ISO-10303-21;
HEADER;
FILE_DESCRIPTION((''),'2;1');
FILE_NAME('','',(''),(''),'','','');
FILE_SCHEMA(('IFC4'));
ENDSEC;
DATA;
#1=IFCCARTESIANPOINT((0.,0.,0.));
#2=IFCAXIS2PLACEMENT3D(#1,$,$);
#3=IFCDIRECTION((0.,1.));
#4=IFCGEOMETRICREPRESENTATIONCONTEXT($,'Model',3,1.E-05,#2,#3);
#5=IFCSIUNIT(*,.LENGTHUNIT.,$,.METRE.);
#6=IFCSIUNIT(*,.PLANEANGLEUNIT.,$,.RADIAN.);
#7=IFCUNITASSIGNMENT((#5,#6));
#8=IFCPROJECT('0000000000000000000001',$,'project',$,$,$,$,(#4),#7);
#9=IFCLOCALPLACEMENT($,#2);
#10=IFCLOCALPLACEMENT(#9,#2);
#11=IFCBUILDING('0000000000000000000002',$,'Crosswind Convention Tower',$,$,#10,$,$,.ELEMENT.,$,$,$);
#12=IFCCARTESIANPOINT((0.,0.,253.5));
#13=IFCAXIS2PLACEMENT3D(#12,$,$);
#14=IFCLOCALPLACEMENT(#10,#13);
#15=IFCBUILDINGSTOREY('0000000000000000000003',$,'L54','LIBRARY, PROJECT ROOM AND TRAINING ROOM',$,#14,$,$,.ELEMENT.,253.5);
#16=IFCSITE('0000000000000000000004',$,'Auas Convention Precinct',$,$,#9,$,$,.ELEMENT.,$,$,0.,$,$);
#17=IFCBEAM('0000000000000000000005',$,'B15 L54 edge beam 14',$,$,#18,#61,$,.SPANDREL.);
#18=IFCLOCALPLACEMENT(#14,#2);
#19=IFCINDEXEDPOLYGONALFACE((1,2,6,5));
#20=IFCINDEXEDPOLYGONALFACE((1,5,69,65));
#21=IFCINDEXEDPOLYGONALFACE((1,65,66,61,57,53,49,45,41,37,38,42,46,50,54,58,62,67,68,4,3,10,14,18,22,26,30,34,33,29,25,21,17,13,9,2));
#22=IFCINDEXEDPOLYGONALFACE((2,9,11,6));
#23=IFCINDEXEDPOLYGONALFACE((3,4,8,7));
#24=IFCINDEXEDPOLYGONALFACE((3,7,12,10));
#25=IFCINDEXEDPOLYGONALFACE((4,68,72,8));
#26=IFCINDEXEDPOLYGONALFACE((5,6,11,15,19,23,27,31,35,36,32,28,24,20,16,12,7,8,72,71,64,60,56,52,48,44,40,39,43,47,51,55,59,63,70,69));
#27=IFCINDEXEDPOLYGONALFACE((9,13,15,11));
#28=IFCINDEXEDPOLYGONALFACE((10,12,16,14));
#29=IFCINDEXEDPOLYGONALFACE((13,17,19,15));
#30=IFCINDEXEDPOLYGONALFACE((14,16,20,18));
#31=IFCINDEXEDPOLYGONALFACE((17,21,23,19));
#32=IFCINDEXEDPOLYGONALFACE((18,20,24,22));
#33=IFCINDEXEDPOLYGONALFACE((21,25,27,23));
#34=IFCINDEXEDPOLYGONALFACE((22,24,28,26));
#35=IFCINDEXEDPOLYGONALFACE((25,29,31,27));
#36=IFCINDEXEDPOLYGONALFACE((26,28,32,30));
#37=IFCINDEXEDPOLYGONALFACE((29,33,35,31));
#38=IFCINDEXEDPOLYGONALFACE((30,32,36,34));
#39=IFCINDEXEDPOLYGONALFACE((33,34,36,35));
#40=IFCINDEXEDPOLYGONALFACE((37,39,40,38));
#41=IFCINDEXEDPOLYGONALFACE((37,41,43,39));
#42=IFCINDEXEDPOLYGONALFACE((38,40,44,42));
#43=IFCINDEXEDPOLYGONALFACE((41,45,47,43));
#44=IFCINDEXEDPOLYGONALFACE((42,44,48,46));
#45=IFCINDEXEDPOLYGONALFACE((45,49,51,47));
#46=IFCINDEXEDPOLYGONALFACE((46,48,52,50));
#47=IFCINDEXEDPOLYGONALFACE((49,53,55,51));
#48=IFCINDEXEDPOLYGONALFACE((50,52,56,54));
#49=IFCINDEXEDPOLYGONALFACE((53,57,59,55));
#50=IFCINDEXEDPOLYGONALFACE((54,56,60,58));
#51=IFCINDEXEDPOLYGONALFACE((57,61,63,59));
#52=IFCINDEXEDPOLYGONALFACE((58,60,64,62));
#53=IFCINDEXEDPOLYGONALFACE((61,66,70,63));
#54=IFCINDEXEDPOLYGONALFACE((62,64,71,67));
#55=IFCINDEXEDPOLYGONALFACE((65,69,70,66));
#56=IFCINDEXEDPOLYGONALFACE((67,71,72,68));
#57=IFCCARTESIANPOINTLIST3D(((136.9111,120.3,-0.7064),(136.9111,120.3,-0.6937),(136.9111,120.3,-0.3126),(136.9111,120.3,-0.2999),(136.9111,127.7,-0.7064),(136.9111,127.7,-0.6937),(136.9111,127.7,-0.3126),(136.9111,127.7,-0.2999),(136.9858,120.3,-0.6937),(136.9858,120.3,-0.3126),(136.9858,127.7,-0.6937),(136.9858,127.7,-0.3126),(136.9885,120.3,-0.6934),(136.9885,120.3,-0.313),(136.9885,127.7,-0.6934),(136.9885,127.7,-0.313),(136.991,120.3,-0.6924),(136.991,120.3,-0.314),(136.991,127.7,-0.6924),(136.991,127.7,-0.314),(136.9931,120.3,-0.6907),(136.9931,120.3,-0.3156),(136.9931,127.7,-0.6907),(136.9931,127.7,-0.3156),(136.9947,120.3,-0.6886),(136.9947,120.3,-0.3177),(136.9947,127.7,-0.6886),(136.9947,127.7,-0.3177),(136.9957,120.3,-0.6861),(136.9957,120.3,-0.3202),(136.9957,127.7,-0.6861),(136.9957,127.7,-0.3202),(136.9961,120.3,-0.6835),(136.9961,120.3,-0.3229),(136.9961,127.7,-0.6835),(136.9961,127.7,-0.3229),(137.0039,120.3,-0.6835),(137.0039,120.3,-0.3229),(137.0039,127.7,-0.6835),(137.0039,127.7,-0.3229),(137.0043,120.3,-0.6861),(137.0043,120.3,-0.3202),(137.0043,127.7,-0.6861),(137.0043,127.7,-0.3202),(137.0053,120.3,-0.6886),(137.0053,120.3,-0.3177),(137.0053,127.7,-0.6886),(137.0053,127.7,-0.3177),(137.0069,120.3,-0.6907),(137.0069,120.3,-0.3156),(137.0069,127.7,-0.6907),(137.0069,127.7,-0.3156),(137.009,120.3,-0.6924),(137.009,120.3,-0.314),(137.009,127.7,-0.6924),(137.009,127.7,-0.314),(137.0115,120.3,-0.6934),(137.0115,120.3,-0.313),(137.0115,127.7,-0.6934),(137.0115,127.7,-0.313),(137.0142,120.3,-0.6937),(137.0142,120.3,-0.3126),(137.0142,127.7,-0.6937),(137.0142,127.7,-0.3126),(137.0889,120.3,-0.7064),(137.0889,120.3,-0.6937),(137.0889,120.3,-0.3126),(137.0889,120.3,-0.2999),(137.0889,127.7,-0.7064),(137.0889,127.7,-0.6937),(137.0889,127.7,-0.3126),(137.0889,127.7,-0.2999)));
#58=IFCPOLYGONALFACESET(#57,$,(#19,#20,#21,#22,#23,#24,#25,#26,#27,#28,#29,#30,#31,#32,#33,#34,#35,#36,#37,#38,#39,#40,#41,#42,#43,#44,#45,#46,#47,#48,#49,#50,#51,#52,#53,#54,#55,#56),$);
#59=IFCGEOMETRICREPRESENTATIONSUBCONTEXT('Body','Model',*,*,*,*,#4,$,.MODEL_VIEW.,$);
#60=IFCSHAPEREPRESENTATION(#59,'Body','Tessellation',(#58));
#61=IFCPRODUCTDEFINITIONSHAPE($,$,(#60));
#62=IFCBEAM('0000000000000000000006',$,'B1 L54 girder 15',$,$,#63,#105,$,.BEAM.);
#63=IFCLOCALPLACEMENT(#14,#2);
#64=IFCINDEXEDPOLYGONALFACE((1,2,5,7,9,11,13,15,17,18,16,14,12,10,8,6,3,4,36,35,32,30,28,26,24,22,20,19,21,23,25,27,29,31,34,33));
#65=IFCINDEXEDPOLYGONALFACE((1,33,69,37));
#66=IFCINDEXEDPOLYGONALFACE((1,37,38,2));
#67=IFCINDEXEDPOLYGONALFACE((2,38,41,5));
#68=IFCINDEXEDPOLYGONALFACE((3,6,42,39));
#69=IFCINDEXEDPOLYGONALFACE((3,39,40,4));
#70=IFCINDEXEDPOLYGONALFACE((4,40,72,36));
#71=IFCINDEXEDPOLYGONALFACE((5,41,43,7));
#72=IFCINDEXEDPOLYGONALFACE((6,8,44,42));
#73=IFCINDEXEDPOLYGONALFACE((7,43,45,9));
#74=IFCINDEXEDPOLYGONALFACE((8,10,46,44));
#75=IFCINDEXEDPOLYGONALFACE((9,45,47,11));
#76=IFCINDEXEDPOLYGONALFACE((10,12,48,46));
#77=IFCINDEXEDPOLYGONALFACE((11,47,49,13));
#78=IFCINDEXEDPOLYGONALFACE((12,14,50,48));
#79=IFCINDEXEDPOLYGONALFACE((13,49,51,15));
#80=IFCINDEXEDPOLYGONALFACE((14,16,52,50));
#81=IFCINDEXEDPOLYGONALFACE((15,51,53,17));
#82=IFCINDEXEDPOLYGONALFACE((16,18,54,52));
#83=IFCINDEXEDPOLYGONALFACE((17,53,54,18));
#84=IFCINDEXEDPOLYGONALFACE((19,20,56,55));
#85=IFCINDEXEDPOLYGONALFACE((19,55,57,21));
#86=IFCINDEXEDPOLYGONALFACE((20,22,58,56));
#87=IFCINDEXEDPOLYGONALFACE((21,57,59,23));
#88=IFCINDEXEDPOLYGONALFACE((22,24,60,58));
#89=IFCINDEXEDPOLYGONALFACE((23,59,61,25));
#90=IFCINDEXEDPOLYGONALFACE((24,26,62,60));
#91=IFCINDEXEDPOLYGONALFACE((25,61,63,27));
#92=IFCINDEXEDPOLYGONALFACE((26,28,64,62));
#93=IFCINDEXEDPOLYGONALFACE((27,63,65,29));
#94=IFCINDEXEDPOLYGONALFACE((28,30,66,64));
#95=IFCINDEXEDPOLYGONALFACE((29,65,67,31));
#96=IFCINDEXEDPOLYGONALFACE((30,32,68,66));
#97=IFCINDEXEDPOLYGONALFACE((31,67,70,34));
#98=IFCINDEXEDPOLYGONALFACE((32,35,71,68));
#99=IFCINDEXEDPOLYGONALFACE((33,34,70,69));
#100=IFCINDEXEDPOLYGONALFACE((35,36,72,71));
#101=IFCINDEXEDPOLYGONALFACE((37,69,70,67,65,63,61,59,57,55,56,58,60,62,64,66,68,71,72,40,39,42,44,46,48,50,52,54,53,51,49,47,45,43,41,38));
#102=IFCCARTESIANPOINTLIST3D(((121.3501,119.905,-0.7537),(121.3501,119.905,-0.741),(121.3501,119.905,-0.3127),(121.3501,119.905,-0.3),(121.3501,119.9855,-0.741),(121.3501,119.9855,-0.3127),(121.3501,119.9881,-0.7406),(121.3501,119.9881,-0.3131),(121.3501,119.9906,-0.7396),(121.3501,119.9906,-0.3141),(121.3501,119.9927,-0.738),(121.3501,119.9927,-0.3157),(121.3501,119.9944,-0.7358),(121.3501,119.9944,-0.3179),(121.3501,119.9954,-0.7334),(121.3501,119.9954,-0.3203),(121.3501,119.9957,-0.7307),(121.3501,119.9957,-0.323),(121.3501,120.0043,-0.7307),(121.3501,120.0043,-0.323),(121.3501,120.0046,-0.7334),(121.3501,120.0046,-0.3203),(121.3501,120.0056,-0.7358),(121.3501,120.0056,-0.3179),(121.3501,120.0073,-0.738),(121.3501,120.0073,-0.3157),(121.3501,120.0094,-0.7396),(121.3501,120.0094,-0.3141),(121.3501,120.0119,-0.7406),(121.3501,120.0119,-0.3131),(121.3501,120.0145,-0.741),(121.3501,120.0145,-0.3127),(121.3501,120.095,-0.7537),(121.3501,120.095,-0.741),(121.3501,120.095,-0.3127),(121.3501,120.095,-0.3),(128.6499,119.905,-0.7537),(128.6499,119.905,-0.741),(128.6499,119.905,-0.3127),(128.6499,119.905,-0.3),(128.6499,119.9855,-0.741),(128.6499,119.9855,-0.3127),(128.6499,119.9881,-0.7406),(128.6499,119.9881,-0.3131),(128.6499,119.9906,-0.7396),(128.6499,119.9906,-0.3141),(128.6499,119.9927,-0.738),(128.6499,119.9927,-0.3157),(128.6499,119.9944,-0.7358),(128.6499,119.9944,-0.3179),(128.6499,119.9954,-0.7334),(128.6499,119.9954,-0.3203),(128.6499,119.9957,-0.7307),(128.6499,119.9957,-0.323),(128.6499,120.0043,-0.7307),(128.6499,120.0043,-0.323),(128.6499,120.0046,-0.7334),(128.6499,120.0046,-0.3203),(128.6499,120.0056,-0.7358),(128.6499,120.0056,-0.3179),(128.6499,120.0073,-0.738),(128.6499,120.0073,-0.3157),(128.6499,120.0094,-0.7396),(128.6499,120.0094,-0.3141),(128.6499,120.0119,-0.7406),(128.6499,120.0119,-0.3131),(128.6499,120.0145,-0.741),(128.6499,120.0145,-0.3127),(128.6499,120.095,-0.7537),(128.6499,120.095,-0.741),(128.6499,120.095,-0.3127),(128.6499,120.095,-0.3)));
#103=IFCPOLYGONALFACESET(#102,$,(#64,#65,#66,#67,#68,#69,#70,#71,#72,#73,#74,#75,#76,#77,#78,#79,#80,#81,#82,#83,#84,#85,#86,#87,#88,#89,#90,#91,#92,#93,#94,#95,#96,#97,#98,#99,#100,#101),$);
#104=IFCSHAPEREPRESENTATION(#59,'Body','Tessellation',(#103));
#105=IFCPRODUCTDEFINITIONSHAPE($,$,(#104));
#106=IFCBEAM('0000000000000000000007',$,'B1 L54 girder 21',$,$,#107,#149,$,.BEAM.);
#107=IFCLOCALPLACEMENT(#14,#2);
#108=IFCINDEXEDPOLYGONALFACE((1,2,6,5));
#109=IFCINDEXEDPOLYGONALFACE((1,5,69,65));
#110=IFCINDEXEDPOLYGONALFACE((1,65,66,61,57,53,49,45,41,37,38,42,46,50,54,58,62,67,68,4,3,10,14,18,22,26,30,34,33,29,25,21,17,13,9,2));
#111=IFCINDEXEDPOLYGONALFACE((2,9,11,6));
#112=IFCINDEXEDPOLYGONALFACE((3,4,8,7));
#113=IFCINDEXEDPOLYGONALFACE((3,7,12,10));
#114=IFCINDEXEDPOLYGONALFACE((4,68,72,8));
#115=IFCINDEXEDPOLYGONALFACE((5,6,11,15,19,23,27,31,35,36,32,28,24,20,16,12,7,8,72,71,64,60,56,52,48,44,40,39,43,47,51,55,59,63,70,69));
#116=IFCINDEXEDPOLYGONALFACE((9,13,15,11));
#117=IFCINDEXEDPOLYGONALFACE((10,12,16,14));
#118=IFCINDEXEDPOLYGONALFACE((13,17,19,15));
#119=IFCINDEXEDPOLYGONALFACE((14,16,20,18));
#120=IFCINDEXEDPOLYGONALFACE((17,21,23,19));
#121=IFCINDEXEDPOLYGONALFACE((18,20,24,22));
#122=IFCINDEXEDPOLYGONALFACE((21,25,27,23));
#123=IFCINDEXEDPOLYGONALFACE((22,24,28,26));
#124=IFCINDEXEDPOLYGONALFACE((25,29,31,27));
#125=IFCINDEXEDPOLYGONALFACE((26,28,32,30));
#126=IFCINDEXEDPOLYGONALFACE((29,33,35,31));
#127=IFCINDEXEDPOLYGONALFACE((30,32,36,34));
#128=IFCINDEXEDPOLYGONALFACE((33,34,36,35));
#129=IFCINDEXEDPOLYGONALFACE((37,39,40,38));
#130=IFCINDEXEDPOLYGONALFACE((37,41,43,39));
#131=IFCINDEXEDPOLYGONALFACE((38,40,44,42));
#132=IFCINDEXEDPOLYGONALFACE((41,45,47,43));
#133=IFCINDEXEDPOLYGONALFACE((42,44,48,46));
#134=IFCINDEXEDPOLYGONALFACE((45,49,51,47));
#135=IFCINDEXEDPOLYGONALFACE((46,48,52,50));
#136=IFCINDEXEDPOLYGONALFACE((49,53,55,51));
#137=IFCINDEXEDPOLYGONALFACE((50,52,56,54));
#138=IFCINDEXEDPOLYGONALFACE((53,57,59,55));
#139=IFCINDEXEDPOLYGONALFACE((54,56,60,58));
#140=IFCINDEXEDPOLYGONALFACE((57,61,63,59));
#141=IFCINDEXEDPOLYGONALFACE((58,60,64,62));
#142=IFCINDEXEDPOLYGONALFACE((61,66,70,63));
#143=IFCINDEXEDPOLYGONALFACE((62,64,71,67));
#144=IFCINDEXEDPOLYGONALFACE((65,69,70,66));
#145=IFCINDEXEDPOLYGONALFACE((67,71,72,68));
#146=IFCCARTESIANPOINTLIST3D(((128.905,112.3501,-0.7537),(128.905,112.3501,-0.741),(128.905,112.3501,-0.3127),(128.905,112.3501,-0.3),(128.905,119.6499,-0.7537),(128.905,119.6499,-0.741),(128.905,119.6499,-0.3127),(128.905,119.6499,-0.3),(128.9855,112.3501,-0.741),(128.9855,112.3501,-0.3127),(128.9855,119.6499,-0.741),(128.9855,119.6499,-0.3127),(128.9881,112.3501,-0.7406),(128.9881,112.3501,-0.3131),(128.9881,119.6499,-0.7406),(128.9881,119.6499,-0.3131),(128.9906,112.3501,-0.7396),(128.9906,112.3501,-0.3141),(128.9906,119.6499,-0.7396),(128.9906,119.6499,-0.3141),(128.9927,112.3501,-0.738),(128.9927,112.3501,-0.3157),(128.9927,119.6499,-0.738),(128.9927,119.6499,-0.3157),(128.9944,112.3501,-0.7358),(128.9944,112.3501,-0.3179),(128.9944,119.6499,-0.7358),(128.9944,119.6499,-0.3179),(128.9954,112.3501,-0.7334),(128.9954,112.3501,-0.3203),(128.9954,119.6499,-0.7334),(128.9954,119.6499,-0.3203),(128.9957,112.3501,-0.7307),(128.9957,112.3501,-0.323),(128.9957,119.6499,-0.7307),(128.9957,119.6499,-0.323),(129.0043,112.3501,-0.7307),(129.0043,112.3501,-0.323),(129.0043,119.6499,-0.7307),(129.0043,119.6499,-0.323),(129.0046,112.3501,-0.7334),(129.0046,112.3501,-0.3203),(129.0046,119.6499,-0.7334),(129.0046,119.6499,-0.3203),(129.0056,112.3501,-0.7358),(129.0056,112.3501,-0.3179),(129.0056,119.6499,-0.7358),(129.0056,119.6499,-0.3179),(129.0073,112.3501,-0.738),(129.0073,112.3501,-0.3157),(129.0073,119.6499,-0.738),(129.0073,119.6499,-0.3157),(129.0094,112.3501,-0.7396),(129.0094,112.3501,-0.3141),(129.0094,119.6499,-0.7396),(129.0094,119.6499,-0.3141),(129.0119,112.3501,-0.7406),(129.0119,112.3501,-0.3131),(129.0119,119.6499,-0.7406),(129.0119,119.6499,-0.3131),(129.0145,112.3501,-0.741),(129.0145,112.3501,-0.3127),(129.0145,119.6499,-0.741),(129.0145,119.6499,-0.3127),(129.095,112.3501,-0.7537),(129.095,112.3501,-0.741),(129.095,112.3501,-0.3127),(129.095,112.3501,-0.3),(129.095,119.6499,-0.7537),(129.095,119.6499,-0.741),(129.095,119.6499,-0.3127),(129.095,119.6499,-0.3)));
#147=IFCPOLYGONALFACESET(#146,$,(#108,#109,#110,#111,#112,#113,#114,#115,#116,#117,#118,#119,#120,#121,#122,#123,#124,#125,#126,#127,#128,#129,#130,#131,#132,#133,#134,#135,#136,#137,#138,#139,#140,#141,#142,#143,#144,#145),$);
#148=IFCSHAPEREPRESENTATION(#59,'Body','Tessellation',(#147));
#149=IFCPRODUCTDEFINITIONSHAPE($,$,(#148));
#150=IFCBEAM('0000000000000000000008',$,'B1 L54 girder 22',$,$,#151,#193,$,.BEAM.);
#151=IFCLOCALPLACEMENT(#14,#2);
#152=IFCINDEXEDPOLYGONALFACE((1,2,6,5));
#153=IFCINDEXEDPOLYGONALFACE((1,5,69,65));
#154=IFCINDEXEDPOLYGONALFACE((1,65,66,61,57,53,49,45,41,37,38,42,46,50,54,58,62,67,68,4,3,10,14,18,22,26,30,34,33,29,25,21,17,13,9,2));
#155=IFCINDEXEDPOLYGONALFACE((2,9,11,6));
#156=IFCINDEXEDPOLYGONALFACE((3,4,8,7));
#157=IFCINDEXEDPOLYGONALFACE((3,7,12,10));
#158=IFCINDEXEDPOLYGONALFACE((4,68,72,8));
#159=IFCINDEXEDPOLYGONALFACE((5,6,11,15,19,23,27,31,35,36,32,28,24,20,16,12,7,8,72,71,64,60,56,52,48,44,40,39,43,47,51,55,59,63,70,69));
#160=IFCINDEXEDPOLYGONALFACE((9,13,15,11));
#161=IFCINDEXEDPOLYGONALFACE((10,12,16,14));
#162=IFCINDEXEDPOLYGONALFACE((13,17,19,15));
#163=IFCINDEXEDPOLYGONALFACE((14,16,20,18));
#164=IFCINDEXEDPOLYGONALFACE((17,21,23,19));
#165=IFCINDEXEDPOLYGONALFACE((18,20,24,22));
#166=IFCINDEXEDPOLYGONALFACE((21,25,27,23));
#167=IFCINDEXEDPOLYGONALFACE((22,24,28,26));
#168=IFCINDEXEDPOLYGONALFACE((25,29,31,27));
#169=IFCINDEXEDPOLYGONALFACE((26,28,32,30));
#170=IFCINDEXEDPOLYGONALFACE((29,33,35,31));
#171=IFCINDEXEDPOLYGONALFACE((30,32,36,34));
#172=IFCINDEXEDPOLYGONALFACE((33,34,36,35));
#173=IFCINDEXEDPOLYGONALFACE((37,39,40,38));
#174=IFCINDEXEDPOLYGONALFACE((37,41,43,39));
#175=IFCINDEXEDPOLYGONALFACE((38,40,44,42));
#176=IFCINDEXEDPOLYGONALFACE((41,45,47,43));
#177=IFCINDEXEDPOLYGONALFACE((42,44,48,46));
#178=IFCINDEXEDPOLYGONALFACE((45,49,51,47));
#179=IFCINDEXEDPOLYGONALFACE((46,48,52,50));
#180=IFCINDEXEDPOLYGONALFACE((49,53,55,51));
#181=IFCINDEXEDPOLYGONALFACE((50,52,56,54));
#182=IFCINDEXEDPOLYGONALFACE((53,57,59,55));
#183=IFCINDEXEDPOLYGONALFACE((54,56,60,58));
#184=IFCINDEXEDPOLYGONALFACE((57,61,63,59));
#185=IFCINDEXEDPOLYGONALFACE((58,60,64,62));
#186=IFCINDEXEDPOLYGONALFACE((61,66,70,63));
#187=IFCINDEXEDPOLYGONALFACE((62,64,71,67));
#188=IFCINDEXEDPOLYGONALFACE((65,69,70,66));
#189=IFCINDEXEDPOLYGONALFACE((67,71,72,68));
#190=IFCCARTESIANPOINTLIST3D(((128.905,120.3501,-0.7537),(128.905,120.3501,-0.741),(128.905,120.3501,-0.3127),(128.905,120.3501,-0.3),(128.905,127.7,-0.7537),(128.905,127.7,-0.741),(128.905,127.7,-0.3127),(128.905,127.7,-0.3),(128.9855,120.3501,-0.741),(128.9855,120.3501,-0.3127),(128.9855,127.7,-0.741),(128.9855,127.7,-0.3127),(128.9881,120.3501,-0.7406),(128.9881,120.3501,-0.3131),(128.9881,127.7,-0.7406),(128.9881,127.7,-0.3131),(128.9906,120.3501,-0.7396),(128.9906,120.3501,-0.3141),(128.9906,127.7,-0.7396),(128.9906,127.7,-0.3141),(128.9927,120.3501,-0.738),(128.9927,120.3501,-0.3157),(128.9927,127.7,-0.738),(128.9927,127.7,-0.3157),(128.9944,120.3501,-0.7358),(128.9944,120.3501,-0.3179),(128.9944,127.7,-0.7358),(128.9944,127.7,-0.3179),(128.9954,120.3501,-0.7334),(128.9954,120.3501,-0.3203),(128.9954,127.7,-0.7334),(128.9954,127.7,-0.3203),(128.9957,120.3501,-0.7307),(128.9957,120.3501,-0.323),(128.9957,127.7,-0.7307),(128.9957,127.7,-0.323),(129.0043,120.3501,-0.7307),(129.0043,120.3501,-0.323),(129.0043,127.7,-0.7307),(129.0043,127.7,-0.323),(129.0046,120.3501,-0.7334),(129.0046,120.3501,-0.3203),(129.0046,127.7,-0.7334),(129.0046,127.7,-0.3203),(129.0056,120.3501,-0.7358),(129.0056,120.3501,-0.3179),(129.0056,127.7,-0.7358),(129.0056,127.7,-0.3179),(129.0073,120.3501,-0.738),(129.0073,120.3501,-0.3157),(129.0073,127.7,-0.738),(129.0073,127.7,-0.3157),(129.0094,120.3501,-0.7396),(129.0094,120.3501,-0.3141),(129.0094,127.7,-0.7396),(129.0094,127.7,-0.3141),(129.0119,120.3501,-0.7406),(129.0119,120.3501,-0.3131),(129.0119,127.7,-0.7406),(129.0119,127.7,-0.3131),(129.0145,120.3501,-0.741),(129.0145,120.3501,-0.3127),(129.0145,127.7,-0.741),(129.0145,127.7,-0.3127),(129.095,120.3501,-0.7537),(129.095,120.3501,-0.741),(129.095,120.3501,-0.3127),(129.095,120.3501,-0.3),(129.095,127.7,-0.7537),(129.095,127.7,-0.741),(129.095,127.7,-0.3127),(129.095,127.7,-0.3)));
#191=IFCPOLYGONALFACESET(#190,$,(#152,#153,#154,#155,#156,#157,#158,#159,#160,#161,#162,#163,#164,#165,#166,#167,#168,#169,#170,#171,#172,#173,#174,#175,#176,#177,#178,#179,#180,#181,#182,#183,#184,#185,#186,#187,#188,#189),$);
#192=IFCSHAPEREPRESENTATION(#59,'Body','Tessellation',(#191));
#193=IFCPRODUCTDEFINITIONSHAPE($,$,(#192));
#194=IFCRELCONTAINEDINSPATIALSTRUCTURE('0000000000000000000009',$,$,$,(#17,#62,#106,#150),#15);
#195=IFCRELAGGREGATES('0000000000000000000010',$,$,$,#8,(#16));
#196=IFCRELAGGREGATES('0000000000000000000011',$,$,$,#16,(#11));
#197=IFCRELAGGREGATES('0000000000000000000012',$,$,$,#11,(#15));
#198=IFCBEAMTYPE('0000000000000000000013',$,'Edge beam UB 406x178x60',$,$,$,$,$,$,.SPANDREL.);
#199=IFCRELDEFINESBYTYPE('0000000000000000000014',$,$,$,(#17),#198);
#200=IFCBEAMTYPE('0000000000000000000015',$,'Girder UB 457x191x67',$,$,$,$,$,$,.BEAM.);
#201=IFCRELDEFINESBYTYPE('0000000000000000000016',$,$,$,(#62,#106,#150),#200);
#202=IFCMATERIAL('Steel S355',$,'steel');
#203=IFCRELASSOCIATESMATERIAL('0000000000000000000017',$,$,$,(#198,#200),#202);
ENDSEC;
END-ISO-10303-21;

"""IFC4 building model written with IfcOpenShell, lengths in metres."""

from ifc_helpers import new_model, si_unit, direction, frame, origin, origin_2d, place, context, subcontext, project, spatial, i_section, extrude, material, material_profile, profile_set, type_object, element, save


model = new_model("IFC4")

# Units and contexts
model_context = context("Model", 3, precision=1e-05, world=origin(), true_north=direction((0.0, 1.0)))
body_context = subcontext(model_context, "Body", "Model", "MODEL_VIEW")
ifc_project = project(units=[si_unit("LENGTHUNIT", "METRE"), si_unit("PLANEANGLEUNIT", "RADIAN")], contexts=[model_context])

# Site, building, storey
site_placement = place(None, origin())
site = spatial("IfcSite", under=ifc_project, at=site_placement, Name="Auas Convention Precinct", CompositionType="ELEMENT", RefElevation=0.0)
building_placement = place(site_placement, origin())
building = spatial("IfcBuilding", under=site, at=building_placement, Name="Crosswind Convention Tower", CompositionType="ELEMENT")
storey_placement = place(building_placement, frame((0.0, 0.0, 253.5)))
storey = spatial("IfcBuildingStorey", under=building, at=storey_placement, Name="L54", Description="LIBRARY, PROJECT ROOM AND TRAINING ROOM", CompositionType="ELEMENT", Elevation=253.5)

# Beams
ifc_material_1 = material(Name="Steel S355", Category="steel")
ifc_material_profile_1 = material_profile(ifc_material_1, i_section(OverallWidth=0.1777, OverallDepth=0.4065, WebThickness=0.0078, FlangeThickness=0.0127, FilletRadius=0.0103, at=origin_2d()), Name="UB 406x178x60")
ifc_profile_set_1 = profile_set([ifc_material_profile_1], Name="Steel S355")
beam_type_1 = type_object("IfcBeamType", Name="Edge beam UB 406x178x60", PredefinedType="SPANDREL", material=ifc_profile_set_1)
beam_1_placement = place(storey_placement, frame((137.0, 120.3, -0.5032), z_axis=(0.0, 1.0, 0.0), x_axis=(-1.0, 0.0, 0.0)))
element("IfcBeam", 1, at=beam_1_placement, inside=storey, type_object=beam_type_1, Name="B15 L54 edge beam 14", PredefinedType="SPANDREL", context=body_context, shape_type="SweptSolid", body=[
    extrude(i_section(OverallWidth=0.1777, OverallDepth=0.4065, WebThickness=0.0078, FlangeThickness=0.0127, FilletRadius=0.0103, at=origin_2d()), origin(), (0.0, 0.0, 1.0), 7.3999),
])
ifc_material_profile_2 = material_profile(ifc_material_1, i_section(OverallWidth=0.1899, OverallDepth=0.4536, WebThickness=0.0085, FlangeThickness=0.0127, FilletRadius=0.0103, at=origin_2d()), Name="UB 457x191x67")
ifc_profile_set_2 = profile_set([ifc_material_profile_2], Name="Steel S355")
beam_type_2 = type_object("IfcBeamType", Name="Girder UB 457x191x67", PredefinedType="BEAM", material=ifc_profile_set_2)
for number, where, z_axis, x_axis, name in (
    (2, (121.3501, 120.0, -0.5269), (1.0, 0.0, 0.0), (0.0, 1.0, 0.0), "B1 L54 girder 15"),
    (3, (129.0, 112.3501, -0.5269), (0.0, 1.0, 0.0), (-1.0, 0.0, 0.0), "B1 L54 girder 21"),
):
    element("IfcBeam", number, at=place(storey_placement, frame(where, z_axis=z_axis, x_axis=x_axis)), inside=storey, type_object=beam_type_2, Name=name, PredefinedType="BEAM", context=body_context, shape_type="SweptSolid", body=[
        extrude(i_section(OverallWidth=0.1899, OverallDepth=0.4536, WebThickness=0.0085, FlangeThickness=0.0127, FilletRadius=0.0103, at=origin_2d()), origin(), (0.0, 0.0, 1.0), 7.2998),
    ])
for number, where, z_axis, x_axis, name in (
    (4, (129.0, 120.3501, -0.5269), (0.0, 1.0, 0.0), (-1.0, 0.0, 0.0), "B1 L54 girder 22"),
):
    element("IfcBeam", number, at=place(storey_placement, frame(where, z_axis=z_axis, x_axis=x_axis)), inside=storey, type_object=beam_type_2, Name=name, PredefinedType="BEAM", context=body_context, shape_type="SweptSolid", body=[
        extrude(i_section(OverallWidth=0.1899, OverallDepth=0.4536, WebThickness=0.0085, FlangeThickness=0.0127, FilletRadius=0.0103, at=origin_2d()), origin(), (0.0, 0.0, 1.0), 7.3499),
    ])

save(model, "model.ifc")
